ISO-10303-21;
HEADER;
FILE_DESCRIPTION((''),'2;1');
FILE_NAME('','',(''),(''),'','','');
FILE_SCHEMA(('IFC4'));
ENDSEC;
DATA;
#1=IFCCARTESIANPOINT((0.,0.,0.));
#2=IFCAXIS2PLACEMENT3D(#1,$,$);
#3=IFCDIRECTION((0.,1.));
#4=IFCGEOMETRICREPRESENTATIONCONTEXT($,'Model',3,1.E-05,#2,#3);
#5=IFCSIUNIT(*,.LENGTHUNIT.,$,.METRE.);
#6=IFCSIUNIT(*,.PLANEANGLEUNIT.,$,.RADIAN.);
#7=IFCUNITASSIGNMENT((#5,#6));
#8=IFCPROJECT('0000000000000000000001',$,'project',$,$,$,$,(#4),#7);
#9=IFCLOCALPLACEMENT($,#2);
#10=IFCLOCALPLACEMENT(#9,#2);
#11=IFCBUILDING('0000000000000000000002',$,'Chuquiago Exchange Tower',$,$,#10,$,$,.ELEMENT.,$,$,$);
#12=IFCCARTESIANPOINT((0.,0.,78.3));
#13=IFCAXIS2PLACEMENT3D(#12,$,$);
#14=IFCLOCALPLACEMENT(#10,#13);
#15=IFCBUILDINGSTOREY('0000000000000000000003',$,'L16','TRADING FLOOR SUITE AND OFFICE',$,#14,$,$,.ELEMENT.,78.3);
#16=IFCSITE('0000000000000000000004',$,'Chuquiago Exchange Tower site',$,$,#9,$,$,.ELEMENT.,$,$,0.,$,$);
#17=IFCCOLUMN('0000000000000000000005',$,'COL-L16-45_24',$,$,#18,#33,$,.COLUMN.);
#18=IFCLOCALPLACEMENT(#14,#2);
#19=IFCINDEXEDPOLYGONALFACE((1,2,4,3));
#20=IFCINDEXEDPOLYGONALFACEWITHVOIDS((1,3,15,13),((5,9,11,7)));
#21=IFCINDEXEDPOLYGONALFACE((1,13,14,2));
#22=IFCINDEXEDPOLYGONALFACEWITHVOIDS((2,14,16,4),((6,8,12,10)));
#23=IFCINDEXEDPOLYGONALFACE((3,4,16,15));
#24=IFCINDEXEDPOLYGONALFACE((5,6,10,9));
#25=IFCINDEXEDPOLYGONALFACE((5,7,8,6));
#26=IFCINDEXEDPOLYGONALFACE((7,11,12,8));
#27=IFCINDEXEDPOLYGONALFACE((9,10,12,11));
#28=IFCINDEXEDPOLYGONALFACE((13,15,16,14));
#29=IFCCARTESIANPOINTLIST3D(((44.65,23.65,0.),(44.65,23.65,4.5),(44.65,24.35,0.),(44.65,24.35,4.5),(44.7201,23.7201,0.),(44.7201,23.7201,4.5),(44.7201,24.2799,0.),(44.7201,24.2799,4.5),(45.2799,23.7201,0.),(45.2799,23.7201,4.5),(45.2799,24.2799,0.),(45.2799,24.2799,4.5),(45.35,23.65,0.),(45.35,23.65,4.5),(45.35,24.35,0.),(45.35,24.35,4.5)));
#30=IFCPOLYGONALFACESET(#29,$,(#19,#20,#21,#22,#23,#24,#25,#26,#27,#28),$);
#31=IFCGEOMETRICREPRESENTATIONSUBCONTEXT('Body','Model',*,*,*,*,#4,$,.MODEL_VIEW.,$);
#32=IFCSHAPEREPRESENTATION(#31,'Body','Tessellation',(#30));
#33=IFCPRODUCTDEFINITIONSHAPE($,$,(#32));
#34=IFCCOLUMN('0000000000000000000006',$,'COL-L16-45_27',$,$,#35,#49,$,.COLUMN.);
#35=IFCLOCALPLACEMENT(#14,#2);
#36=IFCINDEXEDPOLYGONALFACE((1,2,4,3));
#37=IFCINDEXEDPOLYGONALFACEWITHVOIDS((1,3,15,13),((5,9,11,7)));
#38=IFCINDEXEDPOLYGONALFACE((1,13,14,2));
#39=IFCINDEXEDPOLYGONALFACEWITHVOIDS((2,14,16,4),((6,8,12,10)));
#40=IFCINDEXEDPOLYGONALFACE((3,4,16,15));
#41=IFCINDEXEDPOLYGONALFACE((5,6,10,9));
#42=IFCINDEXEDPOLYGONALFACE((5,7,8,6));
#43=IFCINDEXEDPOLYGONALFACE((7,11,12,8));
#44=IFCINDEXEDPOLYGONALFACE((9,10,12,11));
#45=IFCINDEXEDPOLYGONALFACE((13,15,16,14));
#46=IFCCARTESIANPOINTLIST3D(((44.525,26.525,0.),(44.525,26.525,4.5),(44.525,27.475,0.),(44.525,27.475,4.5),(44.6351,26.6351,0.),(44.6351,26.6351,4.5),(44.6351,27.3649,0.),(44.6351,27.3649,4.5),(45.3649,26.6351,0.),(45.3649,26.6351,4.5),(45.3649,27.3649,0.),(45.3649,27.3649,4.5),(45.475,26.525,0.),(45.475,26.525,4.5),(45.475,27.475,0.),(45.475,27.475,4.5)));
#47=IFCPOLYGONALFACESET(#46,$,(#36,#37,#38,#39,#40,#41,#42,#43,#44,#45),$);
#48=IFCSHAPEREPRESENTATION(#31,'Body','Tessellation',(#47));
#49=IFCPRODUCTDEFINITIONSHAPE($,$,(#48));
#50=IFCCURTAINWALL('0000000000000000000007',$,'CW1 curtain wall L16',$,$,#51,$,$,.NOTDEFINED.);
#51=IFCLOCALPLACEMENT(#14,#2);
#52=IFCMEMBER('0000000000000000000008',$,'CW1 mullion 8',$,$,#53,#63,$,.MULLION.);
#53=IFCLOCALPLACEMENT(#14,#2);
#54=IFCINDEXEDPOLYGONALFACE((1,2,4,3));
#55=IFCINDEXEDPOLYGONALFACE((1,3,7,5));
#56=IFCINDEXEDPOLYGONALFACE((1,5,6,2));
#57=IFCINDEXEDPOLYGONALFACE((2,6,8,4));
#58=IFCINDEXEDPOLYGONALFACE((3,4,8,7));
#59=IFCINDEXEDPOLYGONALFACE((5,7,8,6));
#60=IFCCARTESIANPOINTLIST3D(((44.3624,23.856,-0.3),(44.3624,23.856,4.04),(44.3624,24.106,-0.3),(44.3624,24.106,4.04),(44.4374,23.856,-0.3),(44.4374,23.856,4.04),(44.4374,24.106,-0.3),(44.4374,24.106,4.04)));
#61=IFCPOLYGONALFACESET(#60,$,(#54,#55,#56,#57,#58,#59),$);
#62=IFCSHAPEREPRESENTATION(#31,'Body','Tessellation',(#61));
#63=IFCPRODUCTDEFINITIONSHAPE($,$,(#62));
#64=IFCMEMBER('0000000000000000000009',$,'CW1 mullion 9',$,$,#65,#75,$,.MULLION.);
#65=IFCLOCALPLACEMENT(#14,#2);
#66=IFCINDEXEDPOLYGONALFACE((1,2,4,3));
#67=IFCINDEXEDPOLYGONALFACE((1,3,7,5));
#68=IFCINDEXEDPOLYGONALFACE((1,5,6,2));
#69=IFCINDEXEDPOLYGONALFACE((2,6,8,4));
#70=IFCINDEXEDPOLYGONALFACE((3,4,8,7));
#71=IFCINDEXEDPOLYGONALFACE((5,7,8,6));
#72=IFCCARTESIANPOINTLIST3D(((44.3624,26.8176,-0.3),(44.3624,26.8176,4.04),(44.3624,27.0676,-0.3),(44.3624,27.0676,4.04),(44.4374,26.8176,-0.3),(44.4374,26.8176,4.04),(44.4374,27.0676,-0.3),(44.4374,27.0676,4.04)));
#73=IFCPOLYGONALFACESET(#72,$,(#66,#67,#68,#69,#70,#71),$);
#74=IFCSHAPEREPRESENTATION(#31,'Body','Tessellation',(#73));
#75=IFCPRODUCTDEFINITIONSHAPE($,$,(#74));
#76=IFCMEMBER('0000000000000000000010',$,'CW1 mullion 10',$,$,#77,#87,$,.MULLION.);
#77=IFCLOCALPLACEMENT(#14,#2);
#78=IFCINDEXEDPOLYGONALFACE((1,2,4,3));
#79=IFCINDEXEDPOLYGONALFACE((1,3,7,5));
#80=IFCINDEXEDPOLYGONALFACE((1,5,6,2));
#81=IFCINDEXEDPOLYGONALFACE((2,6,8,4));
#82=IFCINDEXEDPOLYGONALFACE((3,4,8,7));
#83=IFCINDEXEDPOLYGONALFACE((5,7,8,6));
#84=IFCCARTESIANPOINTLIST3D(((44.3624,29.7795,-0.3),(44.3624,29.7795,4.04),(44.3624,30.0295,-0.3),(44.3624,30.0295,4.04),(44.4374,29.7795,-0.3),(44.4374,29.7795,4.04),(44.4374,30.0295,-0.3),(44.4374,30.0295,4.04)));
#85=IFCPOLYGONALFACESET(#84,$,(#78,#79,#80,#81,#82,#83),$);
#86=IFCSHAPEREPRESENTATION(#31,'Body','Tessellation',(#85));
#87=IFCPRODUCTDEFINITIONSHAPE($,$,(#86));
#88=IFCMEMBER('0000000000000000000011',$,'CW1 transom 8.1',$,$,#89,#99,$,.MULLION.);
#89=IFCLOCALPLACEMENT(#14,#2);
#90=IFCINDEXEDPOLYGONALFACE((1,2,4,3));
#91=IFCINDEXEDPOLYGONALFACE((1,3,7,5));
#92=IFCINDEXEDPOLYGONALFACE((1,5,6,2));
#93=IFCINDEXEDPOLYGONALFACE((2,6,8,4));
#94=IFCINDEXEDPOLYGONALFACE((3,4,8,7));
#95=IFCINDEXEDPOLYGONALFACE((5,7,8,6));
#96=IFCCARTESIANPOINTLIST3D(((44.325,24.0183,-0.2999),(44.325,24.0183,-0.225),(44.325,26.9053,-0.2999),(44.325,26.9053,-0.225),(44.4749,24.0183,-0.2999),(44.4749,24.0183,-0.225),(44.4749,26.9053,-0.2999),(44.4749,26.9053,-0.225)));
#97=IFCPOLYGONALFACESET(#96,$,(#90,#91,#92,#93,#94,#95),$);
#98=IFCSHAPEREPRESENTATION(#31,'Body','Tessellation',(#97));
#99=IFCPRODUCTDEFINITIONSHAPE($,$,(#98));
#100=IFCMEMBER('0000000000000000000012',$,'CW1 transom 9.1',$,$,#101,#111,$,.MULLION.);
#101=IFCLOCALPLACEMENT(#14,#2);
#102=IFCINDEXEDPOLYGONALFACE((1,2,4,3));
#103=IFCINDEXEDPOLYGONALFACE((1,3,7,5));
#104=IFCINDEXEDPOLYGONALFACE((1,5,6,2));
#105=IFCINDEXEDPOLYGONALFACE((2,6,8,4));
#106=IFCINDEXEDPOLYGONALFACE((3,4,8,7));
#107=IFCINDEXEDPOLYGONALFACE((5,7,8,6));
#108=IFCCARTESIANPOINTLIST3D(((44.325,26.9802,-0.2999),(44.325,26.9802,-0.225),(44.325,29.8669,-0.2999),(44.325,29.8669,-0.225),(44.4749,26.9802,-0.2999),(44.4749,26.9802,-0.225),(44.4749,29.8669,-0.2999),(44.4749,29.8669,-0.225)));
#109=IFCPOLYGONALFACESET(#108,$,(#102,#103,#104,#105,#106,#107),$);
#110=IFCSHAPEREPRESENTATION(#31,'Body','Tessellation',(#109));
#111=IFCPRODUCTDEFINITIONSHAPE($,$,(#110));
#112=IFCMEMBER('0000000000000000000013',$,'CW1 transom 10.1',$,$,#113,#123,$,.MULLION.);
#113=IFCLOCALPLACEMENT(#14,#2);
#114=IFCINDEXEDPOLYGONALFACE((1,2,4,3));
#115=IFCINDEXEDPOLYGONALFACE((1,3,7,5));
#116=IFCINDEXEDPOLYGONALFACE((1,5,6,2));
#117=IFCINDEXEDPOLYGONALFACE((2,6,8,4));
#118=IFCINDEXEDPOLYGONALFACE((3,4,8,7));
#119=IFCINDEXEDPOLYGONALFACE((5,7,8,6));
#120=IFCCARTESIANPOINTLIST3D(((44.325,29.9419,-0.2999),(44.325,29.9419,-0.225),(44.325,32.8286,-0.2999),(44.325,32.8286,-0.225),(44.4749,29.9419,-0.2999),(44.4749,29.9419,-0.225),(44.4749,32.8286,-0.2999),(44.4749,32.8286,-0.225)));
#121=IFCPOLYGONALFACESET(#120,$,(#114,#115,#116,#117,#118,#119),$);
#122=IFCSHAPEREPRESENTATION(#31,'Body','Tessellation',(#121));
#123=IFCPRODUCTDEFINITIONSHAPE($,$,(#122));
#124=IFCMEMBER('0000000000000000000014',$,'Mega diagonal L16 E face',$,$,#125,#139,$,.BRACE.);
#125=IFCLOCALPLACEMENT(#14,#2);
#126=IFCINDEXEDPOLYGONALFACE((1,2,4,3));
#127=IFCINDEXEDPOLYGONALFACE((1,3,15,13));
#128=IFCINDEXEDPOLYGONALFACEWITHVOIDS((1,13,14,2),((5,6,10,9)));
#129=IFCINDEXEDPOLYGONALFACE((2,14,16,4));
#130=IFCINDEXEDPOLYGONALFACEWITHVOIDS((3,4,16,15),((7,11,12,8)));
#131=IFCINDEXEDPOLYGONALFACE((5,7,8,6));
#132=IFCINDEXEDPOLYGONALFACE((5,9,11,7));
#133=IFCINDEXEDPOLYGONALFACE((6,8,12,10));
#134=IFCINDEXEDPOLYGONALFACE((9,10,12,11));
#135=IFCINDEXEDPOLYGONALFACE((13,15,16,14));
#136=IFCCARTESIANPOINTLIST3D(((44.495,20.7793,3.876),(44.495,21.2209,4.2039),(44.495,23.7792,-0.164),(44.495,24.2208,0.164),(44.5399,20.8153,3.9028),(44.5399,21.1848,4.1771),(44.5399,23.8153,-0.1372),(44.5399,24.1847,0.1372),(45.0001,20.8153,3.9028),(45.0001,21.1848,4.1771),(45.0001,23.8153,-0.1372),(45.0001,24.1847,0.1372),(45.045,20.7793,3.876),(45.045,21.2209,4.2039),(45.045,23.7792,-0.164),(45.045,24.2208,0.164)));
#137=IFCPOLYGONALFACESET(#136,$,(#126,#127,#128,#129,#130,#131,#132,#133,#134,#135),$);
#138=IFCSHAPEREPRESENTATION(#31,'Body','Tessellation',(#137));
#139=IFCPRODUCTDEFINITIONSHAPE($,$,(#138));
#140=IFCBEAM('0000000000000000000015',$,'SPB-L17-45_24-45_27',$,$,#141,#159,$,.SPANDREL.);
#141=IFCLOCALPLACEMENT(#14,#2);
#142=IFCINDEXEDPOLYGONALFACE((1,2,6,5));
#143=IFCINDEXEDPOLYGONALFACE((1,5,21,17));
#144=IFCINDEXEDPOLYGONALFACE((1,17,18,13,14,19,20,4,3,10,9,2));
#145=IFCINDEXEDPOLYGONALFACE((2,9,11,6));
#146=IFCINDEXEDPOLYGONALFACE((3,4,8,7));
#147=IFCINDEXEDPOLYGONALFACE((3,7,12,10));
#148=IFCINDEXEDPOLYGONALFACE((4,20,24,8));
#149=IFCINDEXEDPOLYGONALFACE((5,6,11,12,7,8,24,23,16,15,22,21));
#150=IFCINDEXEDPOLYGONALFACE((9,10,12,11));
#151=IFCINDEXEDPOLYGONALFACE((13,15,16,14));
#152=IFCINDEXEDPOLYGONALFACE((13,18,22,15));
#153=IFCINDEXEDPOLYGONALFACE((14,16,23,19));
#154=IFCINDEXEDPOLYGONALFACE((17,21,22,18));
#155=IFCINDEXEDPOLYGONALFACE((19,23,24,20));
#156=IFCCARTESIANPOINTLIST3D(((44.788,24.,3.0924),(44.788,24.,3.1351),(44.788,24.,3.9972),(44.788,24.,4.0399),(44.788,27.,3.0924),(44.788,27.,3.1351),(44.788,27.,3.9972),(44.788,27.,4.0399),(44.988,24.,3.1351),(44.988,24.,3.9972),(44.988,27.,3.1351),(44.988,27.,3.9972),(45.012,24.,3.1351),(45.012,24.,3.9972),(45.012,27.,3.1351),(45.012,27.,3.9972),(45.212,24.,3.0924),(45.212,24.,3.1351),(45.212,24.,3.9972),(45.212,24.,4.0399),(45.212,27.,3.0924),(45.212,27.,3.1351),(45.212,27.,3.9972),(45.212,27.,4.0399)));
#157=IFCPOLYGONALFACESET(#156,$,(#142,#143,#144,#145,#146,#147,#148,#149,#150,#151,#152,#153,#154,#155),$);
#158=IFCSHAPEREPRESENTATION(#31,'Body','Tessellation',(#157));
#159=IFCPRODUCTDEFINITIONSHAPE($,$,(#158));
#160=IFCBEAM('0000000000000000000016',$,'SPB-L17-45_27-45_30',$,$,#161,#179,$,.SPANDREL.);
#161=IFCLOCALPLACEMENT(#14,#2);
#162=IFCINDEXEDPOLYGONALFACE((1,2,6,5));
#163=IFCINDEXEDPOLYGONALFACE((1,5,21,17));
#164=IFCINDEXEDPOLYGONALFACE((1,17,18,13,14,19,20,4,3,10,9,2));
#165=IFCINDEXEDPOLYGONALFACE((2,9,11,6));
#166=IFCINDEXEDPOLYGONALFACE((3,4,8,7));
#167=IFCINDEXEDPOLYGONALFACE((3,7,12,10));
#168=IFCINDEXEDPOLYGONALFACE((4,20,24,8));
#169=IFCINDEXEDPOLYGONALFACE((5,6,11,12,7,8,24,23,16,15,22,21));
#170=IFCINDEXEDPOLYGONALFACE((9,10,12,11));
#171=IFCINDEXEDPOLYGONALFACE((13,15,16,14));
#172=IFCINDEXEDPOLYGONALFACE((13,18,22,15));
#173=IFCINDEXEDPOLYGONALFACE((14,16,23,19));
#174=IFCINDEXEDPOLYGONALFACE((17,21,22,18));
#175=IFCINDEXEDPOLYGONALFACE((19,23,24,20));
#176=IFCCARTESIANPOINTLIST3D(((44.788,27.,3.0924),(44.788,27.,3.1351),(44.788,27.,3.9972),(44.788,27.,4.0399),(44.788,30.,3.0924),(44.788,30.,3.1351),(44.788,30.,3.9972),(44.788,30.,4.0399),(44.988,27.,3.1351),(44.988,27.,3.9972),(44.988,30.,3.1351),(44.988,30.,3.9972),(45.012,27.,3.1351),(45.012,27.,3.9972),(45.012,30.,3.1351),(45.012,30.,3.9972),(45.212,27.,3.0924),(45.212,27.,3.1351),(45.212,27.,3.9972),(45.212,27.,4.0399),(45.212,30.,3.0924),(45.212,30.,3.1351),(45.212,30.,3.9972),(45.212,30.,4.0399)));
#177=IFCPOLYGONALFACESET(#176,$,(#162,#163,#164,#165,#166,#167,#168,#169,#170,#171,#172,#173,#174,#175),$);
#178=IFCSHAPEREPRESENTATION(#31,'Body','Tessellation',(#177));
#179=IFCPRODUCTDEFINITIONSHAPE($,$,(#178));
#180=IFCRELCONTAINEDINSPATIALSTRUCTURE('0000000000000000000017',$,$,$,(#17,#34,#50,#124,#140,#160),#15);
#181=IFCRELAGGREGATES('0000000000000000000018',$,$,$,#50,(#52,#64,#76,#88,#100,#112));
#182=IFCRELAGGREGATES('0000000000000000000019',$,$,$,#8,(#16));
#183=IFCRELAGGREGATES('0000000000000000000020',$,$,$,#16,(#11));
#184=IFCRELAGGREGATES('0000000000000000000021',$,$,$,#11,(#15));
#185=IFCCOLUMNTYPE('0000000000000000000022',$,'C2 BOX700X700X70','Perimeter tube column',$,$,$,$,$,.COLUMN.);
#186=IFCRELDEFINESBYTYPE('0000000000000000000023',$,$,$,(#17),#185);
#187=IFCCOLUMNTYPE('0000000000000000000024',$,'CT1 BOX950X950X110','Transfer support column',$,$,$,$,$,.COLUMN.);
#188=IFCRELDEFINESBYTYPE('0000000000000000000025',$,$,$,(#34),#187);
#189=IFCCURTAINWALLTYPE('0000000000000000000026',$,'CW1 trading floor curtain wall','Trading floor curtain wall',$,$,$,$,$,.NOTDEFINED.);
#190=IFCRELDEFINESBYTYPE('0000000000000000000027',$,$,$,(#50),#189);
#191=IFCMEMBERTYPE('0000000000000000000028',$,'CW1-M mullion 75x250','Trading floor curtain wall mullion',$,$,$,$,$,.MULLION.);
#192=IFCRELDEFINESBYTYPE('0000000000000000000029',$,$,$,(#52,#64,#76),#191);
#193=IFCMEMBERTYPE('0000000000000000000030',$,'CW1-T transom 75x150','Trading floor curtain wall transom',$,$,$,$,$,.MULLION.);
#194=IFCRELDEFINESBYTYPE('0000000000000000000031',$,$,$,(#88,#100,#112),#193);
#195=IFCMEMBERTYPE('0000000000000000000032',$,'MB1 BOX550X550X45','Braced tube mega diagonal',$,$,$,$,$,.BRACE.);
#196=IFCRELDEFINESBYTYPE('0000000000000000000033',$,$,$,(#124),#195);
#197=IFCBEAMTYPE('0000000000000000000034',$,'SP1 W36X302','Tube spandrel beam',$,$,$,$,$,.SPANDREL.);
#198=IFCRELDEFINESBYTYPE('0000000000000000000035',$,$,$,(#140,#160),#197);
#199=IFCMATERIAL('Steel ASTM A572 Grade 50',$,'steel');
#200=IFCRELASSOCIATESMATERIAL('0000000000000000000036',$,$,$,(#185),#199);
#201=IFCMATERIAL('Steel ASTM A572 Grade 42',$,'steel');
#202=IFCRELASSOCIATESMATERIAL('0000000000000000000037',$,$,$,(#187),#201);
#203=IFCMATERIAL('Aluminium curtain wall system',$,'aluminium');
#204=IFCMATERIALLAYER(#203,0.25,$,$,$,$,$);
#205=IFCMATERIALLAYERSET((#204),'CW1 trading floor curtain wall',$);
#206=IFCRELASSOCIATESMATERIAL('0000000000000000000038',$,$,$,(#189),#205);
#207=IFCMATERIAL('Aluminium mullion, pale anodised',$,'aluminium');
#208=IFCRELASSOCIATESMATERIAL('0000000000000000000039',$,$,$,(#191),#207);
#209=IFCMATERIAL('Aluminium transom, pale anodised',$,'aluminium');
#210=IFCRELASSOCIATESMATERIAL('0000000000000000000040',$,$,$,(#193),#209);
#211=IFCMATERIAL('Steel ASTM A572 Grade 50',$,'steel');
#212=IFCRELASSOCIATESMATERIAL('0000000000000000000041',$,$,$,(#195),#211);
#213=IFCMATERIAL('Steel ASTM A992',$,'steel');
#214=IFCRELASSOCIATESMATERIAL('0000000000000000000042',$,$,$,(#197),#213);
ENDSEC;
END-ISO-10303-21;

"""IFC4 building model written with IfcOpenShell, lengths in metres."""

from ifc_helpers import new_model, si_unit, direction, frame, origin, origin_2d, place, context, subcontext, project, spatial, rectangle, hollow_rectangle, i_section, extrude, material, layer, layer_set, material_profile, profile_set, type_object, element, aggregate, save


model = new_model("IFC4")

# Units and contexts
model_context = context("Model", 3, precision=1e-05, world=origin(), true_north=direction((0.0, 1.0)))
body_context = subcontext(model_context, "Body", "Model", "MODEL_VIEW")
ifc_project = project(units=[si_unit("LENGTHUNIT", "METRE"), si_unit("PLANEANGLEUNIT", "RADIAN")], contexts=[model_context])

# Site, building, storey
site_placement = place(None, origin())
site = spatial("IfcSite", under=ifc_project, at=site_placement, Name="Chuquiago Exchange Tower site", CompositionType="ELEMENT", RefElevation=0.0)
building_placement = place(site_placement, origin())
building = spatial("IfcBuilding", under=site, at=building_placement, Name="Chuquiago Exchange Tower", CompositionType="ELEMENT")
storey_placement = place(building_placement, frame((0.0, 0.0, 78.3)))
storey = spatial("IfcBuildingStorey", under=building, at=storey_placement, Name="L16", Description="TRADING FLOOR SUITE AND OFFICE", CompositionType="ELEMENT", Elevation=78.3)

# Columns
ifc_material_1 = material(Name="Steel ASTM A572 Grade 50", Category="steel")
ifc_material_profile_1 = material_profile(ifc_material_1, hollow_rectangle(XDim=0.7, YDim=0.7, WallThickness=0.0701, at=origin_2d()), Name="BOX700X700X70")
ifc_profile_set_1 = profile_set([ifc_material_profile_1], Name="Steel ASTM A572 Grade 50")
column_type_1 = type_object("IfcColumnType", Name="C2 BOX700X700X70", Description="Perimeter tube column", PredefinedType="COLUMN", material=ifc_profile_set_1)
column_1_placement = place(storey_placement, frame((45.0, 24.0, 0.0), z_axis=(0.0, 0.0, 1.0), x_axis=(1.0, 0.0, 0.0)))
element("IfcColumn", 1, at=column_1_placement, inside=storey, type_object=column_type_1, Name="COL-L16-45_24", PredefinedType="COLUMN", context=body_context, shape_type="SweptSolid", body=[
    extrude(hollow_rectangle(XDim=0.7, YDim=0.7, WallThickness=0.0701, at=origin_2d()), origin(), (0.0, 0.0, 1.0), 4.5),
])
ifc_material_2 = material(Name="Steel ASTM A572 Grade 42", Category="steel")
ifc_material_profile_2 = material_profile(ifc_material_2, hollow_rectangle(XDim=0.95, YDim=0.95, WallThickness=0.1101, at=origin_2d()), Name="BOX950X950X110")
ifc_profile_set_2 = profile_set([ifc_material_profile_2], Name="Steel ASTM A572 Grade 42")
column_type_2 = type_object("IfcColumnType", Name="CT1 BOX950X950X110", Description="Transfer support column", PredefinedType="COLUMN", material=ifc_profile_set_2)
column_2_placement = place(storey_placement, frame((45.0, 27.0, 0.0), z_axis=(0.0, 0.0, 1.0), x_axis=(1.0, 0.0, 0.0)))
element("IfcColumn", 2, at=column_2_placement, inside=storey, type_object=column_type_2, Name="COL-L16-45_27", PredefinedType="COLUMN", context=body_context, shape_type="SweptSolid", body=[
    extrude(hollow_rectangle(XDim=0.95, YDim=0.95, WallThickness=0.1101, at=origin_2d()), origin(), (0.0, 0.0, 1.0), 4.5),
])

# Curtain wall, members
ifc_material_3 = material(Name="Aluminium curtain wall system", Category="aluminium")
ifc_layer_1 = layer(ifc_material_3, 0.25)
ifc_layer_set_1 = layer_set([ifc_layer_1], Name="CW1 trading floor curtain wall")
curtain_wall_type = type_object("IfcCurtainWallType", Name="CW1 trading floor curtain wall", Description="Trading floor curtain wall", PredefinedType="NOTDEFINED", material=ifc_layer_set_1)
curtain_wall_placement = place(storey_placement, origin())
curtain_wall = element("IfcCurtainWall", 3, at=curtain_wall_placement, inside=storey, type_object=curtain_wall_type, Name="CW1 curtain wall L16", PredefinedType="NOTDEFINED")
ifc_material_4 = material(Name="Aluminium mullion, pale anodised", Category="aluminium")
ifc_material_profile_3 = material_profile(ifc_material_4, rectangle(XDim=0.075, YDim=0.25, at=origin_2d()), Name="AL 75x250")
ifc_profile_set_3 = profile_set([ifc_material_profile_3], Name="Aluminium mullion, pale anodised")
member_type_1 = type_object("IfcMemberType", Name="CW1-M mullion 75x250", Description="Trading floor curtain wall mullion", PredefinedType="MULLION", material=ifc_profile_set_3)
member_1_placement = place(storey_placement, frame((44.3999, 23.981, -0.3), z_axis=(0.0, 0.0, 1.0), x_axis=(-1.0, 0.0, 0.0)))
member_1 = element("IfcMember", 4, at=member_1_placement, type_object=member_type_1, Name="CW1 mullion 8", PredefinedType="MULLION", context=body_context, shape_type="SweptSolid", body=[
    extrude(rectangle(XDim=0.075, YDim=0.25, at=origin_2d()), origin(), (0.0, 0.0, 1.0), 4.3401),
])
member_2_placement = place(storey_placement, frame((44.3999, 26.9426, -0.3), z_axis=(0.0, 0.0, 1.0), x_axis=(-1.0, 0.0, 0.0)))
member_2 = element("IfcMember", 5, at=member_2_placement, type_object=member_type_1, Name="CW1 mullion 9", PredefinedType="MULLION", context=body_context, shape_type="SweptSolid", body=[
    extrude(rectangle(XDim=0.075, YDim=0.25, at=origin_2d()), origin(), (0.0, 0.0, 1.0), 4.3401),
])
member_3_placement = place(storey_placement, frame((44.3999, 29.9045, -0.3), z_axis=(0.0, 0.0, 1.0), x_axis=(-1.0, 0.0, 0.0)))
member_3 = element("IfcMember", 6, at=member_3_placement, type_object=member_type_1, Name="CW1 mullion 10", PredefinedType="MULLION", context=body_context, shape_type="SweptSolid", body=[
    extrude(rectangle(XDim=0.075, YDim=0.25, at=origin_2d()), origin(), (0.0, 0.0, 1.0), 4.3401),
])
ifc_material_5 = material(Name="Aluminium transom, pale anodised", Category="aluminium")
ifc_material_profile_4 = material_profile(ifc_material_5, rectangle(XDim=0.1499, YDim=0.075, at=origin_2d()), Name="AL 150x75")
ifc_profile_set_4 = profile_set([ifc_material_profile_4], Name="Aluminium transom, pale anodised")
member_type_2 = type_object("IfcMemberType", Name="CW1-T transom 75x150", Description="Trading floor curtain wall transom", PredefinedType="MULLION", material=ifc_profile_set_4)
member_4_placement = place(storey_placement, frame((44.3999, 24.0183, -0.2625), z_axis=(0.0, 1.0, 0.0), x_axis=(-1.0, 0.0, 0.0)))
member_4 = element("IfcMember", 7, at=member_4_placement, type_object=member_type_2, Name="CW1 transom 8.1", PredefinedType="MULLION", context=body_context, shape_type="SweptSolid", body=[
    extrude(rectangle(XDim=0.1499, YDim=0.075, at=origin_2d()), origin(), (0.0, 0.0, 1.0), 2.887),
])
member_5_placement = place(storey_placement, frame((44.3999, 26.9802, -0.2625), z_axis=(0.0, 1.0, 0.0), x_axis=(-1.0, 0.0, 0.0)))
member_5 = element("IfcMember", 8, at=member_5_placement, type_object=member_type_2, Name="CW1 transom 9.1", PredefinedType="MULLION", context=body_context, shape_type="SweptSolid", body=[
    extrude(rectangle(XDim=0.1499, YDim=0.075, at=origin_2d()), origin(), (0.0, 0.0, 1.0), 2.8867),
])
member_6_placement = place(storey_placement, frame((44.3999, 29.9419, -0.2625), z_axis=(0.0, 1.0, 0.0), x_axis=(-1.0, 0.0, 0.0)))
member_6 = element("IfcMember", 9, at=member_6_placement, type_object=member_type_2, Name="CW1 transom 10.1", PredefinedType="MULLION", context=body_context, shape_type="SweptSolid", body=[
    extrude(rectangle(XDim=0.1499, YDim=0.075, at=origin_2d()), origin(), (0.0, 0.0, 1.0), 2.8867),
])

# Member
ifc_material_6 = material(Name="Steel ASTM A572 Grade 50", Category="steel")
ifc_material_profile_5 = material_profile(ifc_material_6, hollow_rectangle(XDim=0.55, YDim=0.55, WallThickness=0.0449, at=origin_2d()), Name="BOX550X550X45")
ifc_profile_set_5 = profile_set([ifc_material_profile_5], Name="Steel ASTM A572 Grade 50")
member_type_3 = type_object("IfcMemberType", Name="MB1 BOX550X550X45", Description="Braced tube mega diagonal", PredefinedType="BRACE", material=ifc_profile_set_5)
member_7_placement = place(storey_placement, frame((44.77, 24.0, 0.0), z_axis=(0.0, -0.596174, 0.802855), x_axis=(1.0, 0.0, 0.0)))
element("IfcMember", 10, at=member_7_placement, inside=storey, type_object=member_type_3, Name="Mega diagonal L16 E face", PredefinedType="BRACE", context=body_context, shape_type="SweptSolid", body=[
    extrude(hollow_rectangle(XDim=0.55, YDim=0.55, WallThickness=0.0449, at=origin_2d()), origin(), (0.0, 0.0, 1.0), 5.032),
])

# Beams
ifc_material_7 = material(Name="Steel ASTM A992", Category="steel")
ifc_material_profile_6 = material_profile(ifc_material_7, i_section(OverallWidth=0.4241, OverallDepth=0.9475, WebThickness=0.0239, FlangeThickness=0.0427, at=origin_2d()), Name="W36X302")
ifc_profile_set_6 = profile_set([ifc_material_profile_6], Name="Steel ASTM A992")
beam_type = type_object("IfcBeamType", Name="SP1 W36X302", Description="Tube spandrel beam", PredefinedType="SPANDREL", material=ifc_profile_set_6)
for number, where, z_axis, x_axis, name in (
    (11, (45.0, 24.0, 3.5662), (0.0, 1.0, 0.0), (-1.0, 0.0, 0.0), "SPB-L17-45_24-45_27"),
    (12, (45.0, 27.0, 3.5662), (0.0, 1.0, 0.0), (-1.0, 0.0, 0.0), "SPB-L17-45_27-45_30"),
):
    element("IfcBeam", number, at=place(storey_placement, frame(where, z_axis=z_axis, x_axis=x_axis)), inside=storey, type_object=beam_type, Name=name, PredefinedType="SPANDREL", context=body_context, shape_type="SweptSolid", body=[
        extrude(i_section(OverallWidth=0.4241, OverallDepth=0.9475, WebThickness=0.0239, FlangeThickness=0.0427, at=origin_2d()), origin(), (0.0, 0.0, 1.0), 3.0),
    ])

aggregate(curtain_wall, [member_1, member_2, member_3, member_4, member_5, member_6])

save(model, "model.ifc")
